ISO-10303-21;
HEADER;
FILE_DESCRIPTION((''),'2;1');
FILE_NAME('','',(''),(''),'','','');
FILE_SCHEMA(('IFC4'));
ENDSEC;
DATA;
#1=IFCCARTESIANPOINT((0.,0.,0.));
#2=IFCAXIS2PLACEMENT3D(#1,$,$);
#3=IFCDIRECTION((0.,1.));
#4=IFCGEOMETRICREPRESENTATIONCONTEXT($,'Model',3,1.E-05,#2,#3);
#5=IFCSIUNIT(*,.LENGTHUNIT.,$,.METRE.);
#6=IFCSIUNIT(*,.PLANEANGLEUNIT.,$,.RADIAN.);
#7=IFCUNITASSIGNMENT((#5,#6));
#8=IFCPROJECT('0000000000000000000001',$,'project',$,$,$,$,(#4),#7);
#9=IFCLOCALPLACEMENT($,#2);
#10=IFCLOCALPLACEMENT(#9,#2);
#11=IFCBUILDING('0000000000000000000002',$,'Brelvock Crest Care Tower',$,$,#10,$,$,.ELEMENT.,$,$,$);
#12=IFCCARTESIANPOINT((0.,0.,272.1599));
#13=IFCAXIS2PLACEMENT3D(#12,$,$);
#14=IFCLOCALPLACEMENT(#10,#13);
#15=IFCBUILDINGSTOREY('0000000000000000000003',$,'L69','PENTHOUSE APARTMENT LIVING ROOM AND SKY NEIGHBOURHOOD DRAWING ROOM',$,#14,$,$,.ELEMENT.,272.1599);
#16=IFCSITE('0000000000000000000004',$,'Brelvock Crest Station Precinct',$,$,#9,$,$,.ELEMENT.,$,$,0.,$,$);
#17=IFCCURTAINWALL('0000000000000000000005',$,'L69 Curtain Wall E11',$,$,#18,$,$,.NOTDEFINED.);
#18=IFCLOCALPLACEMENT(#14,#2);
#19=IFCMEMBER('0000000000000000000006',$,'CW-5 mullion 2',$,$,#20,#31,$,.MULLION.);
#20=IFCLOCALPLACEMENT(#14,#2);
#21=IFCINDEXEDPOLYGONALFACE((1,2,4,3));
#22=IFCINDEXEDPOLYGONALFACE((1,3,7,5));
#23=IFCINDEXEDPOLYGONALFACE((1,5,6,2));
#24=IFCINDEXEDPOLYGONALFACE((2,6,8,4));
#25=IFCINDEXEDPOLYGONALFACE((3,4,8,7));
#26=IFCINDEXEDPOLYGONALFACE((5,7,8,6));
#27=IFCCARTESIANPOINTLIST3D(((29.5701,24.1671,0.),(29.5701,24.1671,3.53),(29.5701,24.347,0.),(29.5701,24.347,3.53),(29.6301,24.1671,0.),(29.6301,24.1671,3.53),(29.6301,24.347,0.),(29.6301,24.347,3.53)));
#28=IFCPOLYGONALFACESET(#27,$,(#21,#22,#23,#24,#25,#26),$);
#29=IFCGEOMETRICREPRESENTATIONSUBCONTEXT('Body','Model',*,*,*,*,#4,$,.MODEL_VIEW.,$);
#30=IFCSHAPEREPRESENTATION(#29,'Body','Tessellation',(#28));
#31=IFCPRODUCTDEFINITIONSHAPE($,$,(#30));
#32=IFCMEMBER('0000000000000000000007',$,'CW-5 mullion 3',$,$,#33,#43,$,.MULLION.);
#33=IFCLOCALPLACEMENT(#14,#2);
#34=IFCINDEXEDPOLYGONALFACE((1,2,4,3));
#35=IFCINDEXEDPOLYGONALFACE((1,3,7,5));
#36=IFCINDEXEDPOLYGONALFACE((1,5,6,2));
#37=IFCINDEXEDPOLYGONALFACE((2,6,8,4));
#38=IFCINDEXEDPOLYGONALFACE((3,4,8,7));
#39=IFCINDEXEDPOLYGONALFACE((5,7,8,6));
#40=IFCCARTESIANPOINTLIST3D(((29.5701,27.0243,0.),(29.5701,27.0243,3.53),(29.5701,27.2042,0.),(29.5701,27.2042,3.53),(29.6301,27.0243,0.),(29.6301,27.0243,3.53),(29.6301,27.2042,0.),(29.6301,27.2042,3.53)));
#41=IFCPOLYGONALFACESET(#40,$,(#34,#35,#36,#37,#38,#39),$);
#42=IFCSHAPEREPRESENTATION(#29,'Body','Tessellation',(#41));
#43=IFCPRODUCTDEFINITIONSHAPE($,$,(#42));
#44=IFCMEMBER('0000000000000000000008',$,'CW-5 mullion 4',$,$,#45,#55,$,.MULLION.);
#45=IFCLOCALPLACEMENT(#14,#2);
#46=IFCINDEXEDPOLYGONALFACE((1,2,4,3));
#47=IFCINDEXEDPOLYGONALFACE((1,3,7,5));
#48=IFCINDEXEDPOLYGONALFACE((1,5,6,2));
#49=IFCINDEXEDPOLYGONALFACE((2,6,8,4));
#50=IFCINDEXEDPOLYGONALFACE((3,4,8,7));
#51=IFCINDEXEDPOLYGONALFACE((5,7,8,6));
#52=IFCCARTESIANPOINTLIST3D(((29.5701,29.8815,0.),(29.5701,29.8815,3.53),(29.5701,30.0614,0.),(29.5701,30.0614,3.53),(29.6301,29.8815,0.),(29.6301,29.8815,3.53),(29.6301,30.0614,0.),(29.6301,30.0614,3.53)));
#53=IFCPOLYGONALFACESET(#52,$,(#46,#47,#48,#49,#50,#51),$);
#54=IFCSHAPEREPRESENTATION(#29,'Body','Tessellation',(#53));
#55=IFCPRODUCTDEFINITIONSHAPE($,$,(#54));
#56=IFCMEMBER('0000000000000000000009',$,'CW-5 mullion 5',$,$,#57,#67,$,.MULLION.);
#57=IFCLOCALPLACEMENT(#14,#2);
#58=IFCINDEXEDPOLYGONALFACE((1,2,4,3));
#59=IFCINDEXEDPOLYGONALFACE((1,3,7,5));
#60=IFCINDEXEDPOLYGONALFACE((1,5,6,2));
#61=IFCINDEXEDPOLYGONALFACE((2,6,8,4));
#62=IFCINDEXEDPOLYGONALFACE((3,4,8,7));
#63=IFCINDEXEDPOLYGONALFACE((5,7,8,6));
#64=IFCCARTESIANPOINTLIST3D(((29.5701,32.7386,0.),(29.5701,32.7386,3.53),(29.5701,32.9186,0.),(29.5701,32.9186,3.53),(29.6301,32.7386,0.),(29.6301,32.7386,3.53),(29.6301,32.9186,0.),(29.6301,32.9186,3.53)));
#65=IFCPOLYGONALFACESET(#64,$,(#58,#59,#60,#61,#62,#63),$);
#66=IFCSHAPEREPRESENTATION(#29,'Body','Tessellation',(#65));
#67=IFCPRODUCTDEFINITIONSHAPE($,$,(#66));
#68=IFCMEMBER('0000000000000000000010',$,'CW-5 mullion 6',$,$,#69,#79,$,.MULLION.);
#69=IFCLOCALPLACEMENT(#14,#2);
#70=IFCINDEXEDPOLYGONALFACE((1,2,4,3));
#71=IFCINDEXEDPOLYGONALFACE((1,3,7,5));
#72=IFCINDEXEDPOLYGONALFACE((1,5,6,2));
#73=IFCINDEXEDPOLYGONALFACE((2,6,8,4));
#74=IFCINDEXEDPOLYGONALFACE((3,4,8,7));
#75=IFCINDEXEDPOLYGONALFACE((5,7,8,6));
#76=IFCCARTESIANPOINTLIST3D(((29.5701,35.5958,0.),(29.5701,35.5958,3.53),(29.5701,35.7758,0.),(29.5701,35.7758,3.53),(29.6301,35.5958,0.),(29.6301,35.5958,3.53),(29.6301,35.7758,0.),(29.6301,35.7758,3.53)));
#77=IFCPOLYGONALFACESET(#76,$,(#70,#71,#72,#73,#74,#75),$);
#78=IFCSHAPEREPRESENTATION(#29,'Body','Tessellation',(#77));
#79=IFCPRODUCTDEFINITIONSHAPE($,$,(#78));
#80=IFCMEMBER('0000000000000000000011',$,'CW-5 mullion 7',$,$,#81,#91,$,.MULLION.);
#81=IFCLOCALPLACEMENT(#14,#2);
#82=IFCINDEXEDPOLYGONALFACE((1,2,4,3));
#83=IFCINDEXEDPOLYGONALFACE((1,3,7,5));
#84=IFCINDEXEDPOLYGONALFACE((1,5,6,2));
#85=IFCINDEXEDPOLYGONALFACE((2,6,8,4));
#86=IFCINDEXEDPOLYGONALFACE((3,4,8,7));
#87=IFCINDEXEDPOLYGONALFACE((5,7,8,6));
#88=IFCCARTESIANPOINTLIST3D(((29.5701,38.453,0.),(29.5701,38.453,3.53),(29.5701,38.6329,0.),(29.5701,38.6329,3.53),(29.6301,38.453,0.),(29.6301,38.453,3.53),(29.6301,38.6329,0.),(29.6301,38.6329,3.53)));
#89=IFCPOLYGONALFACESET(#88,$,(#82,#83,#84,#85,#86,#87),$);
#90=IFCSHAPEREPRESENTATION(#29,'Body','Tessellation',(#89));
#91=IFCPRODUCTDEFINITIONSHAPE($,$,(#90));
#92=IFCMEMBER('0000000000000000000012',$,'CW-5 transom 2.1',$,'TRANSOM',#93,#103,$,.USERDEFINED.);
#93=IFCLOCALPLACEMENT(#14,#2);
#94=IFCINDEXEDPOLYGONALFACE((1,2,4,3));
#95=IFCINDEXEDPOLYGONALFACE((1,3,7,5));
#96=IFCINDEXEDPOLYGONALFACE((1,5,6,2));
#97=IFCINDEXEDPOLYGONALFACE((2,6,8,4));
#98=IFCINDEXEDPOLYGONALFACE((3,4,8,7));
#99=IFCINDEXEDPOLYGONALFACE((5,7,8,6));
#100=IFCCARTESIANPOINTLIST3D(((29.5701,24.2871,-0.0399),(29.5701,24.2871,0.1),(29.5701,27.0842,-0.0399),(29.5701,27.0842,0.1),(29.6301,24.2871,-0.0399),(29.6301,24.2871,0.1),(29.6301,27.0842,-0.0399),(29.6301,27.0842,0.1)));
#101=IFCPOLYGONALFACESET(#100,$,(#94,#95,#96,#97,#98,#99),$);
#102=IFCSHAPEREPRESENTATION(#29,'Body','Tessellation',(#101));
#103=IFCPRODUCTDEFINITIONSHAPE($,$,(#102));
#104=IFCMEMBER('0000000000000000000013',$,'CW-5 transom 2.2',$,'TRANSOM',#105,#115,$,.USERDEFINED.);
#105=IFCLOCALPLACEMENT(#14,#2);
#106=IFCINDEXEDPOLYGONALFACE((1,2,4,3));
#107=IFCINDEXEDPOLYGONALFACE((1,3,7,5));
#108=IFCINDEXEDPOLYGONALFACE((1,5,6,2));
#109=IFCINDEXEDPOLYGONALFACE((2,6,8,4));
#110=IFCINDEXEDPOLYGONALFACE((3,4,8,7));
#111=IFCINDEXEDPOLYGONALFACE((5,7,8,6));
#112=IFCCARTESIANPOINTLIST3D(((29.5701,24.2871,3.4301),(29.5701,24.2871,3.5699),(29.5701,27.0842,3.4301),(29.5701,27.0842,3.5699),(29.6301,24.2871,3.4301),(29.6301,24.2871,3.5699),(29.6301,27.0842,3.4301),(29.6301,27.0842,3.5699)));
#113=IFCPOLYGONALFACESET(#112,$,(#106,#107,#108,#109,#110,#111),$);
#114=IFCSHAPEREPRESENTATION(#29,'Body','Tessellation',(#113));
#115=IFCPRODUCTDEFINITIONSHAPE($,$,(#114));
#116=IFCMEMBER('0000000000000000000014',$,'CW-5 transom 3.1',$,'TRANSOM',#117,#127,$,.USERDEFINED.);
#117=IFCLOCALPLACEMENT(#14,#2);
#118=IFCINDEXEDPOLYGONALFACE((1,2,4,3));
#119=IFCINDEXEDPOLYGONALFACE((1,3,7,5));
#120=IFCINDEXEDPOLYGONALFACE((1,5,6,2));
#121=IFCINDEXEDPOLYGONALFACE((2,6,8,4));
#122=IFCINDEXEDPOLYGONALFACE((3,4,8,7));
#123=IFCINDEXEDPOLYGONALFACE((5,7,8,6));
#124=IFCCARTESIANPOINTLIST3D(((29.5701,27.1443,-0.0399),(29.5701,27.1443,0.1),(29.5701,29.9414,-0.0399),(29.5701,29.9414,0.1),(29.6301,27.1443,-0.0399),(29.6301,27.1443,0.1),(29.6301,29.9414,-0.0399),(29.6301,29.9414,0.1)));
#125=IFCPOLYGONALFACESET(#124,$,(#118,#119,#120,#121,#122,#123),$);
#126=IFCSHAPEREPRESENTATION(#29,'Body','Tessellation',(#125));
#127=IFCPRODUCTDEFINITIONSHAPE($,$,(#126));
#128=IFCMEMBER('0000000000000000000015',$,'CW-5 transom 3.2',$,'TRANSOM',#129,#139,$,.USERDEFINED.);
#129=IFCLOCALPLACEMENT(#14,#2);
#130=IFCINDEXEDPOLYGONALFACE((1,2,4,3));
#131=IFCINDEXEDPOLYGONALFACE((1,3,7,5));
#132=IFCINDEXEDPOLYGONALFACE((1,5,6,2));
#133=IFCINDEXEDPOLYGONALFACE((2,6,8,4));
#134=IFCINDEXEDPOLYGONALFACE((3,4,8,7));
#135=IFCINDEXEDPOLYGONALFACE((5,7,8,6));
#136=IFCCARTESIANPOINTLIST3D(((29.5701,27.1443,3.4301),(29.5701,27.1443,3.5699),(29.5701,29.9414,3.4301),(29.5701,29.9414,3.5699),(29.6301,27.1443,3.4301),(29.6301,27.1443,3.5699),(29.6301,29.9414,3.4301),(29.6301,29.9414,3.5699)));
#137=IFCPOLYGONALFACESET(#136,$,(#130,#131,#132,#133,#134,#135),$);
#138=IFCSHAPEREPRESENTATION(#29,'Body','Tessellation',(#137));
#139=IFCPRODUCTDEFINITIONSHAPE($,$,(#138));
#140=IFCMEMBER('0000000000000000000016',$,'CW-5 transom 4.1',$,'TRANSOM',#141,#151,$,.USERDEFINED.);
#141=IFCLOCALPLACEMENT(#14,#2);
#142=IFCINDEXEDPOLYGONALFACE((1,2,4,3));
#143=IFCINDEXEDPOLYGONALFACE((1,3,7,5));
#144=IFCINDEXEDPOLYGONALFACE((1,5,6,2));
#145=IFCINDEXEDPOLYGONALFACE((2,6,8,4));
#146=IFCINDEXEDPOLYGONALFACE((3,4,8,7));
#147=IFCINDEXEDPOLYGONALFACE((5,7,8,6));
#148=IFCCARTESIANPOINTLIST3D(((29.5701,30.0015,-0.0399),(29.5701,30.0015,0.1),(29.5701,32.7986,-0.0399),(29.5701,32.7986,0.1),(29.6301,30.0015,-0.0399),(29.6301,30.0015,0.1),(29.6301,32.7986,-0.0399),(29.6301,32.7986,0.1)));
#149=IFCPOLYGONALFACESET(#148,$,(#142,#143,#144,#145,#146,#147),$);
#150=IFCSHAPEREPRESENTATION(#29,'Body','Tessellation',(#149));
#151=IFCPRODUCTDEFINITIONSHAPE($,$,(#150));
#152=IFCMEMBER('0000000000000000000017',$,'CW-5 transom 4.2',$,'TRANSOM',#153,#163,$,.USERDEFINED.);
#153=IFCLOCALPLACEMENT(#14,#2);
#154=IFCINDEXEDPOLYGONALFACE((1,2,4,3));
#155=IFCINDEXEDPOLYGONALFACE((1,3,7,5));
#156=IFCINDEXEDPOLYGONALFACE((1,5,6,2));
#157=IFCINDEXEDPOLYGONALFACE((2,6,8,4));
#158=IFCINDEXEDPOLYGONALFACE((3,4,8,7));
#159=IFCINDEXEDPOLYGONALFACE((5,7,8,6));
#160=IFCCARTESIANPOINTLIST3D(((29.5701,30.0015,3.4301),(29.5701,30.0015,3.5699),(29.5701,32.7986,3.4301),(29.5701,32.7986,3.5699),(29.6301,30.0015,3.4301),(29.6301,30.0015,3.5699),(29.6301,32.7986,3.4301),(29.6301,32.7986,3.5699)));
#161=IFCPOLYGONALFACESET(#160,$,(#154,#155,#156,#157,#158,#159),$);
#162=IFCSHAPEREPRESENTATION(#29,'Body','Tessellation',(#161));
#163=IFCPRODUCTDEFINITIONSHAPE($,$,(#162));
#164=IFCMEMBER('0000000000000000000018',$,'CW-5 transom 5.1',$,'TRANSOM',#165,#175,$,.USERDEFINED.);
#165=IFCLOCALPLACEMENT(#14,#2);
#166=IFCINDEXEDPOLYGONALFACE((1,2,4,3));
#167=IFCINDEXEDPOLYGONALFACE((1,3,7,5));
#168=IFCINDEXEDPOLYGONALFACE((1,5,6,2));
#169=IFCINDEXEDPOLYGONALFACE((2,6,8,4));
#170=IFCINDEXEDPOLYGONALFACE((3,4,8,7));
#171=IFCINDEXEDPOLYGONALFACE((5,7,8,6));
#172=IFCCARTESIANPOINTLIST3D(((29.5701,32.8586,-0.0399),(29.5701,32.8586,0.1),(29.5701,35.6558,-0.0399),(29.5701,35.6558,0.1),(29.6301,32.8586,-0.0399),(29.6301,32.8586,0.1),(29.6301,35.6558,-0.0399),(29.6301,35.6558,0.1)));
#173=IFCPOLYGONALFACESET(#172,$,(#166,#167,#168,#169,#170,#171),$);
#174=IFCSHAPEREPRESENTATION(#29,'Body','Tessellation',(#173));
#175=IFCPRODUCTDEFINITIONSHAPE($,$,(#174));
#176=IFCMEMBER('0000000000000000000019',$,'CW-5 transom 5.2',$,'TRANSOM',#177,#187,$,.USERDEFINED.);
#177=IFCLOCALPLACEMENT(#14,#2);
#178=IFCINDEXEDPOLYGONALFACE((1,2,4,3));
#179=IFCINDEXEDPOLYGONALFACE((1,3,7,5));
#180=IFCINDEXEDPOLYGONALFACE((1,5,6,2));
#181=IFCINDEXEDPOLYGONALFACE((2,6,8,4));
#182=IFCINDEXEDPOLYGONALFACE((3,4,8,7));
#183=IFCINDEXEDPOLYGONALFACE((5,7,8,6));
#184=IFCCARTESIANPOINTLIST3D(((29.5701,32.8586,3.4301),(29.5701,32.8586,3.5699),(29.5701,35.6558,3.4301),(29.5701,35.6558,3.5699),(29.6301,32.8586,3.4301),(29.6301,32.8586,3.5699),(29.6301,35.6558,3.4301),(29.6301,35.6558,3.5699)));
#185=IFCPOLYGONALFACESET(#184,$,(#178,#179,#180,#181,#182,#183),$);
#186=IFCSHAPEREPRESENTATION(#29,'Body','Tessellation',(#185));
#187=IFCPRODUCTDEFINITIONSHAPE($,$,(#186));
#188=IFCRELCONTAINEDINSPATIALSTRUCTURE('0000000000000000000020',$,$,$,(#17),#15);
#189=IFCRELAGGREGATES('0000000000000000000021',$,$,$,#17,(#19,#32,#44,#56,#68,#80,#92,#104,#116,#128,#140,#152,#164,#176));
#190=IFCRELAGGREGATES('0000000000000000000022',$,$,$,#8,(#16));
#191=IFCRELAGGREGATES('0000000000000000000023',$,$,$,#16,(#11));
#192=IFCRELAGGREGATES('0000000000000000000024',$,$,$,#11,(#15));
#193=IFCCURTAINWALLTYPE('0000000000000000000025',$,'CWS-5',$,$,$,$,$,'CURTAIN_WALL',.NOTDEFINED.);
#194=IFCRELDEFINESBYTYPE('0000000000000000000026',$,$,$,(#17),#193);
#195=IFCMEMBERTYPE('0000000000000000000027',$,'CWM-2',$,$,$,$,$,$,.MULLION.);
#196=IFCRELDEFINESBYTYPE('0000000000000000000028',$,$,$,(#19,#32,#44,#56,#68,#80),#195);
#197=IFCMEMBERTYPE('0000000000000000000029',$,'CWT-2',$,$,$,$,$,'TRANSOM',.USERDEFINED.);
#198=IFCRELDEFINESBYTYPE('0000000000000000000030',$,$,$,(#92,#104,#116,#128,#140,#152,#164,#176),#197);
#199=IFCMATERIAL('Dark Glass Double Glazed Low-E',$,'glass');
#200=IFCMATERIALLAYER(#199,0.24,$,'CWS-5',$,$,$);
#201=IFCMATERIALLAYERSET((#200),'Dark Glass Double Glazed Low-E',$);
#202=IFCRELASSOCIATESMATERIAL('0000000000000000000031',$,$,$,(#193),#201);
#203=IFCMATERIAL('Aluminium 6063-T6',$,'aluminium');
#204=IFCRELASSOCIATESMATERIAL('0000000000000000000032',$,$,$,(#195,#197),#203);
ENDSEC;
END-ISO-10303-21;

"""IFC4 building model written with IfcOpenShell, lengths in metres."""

from ifc_helpers import new_model, si_unit, direction, frame, origin, origin_2d, place, context, subcontext, project, spatial, rectangle, extrude, source, transform, mapped, material, layer, layer_set, material_profile, profile_set, type_object, element, aggregate, save


model = new_model("IFC4")

# Units and contexts
model_context = context("Model", 3, precision=1e-05, world=origin(), true_north=direction((0.0, 1.0)))
body_context = subcontext(model_context, "Body", "Model", "MODEL_VIEW")
ifc_project = project(units=[si_unit("LENGTHUNIT", "METRE"), si_unit("PLANEANGLEUNIT", "RADIAN")], contexts=[model_context])

# Site, building, storey
site_placement = place(None, origin())
site = spatial("IfcSite", under=ifc_project, at=site_placement, Name="Brelvock Crest Station Precinct", CompositionType="ELEMENT", RefElevation=0.0)
building_placement = place(site_placement, origin())
building = spatial("IfcBuilding", under=site, at=building_placement, Name="Brelvock Crest Care Tower", CompositionType="ELEMENT")
storey_placement = place(building_placement, frame((0.0, 0.0, 272.1599)))
storey = spatial("IfcBuildingStorey", under=building, at=storey_placement, Name="L69", Description="PENTHOUSE APARTMENT LIVING ROOM AND SKY NEIGHBOURHOOD DRAWING ROOM", CompositionType="ELEMENT", Elevation=272.1599)

# Curtain wall, members
ifc_material_1 = material(Name="Dark Glass Double Glazed Low-E", Category="glass")
ifc_layer_1 = layer(ifc_material_1, 0.24, Name="CWS-5")
ifc_layer_set_1 = layer_set([ifc_layer_1], Name="Dark Glass Double Glazed Low-E")
curtain_wall_type = type_object("IfcCurtainWallType", Name="CWS-5", ElementType="CURTAIN_WALL", PredefinedType="NOTDEFINED", material=ifc_layer_set_1)
curtain_wall_placement = place(storey_placement, origin())
curtain_wall = element("IfcCurtainWall", 1, at=curtain_wall_placement, inside=storey, type_object=curtain_wall_type, Name="L69 Curtain Wall E11", PredefinedType="NOTDEFINED")
ifc_material_2 = material(Name="Aluminium 6063-T6", Category="aluminium")
ifc_material_profile_1 = material_profile(ifc_material_2, rectangle(XDim=0.0601, YDim=0.1799, at=origin_2d()), Name="ALU60x180")
ifc_profile_set_1 = profile_set([ifc_material_profile_1], Name="Aluminium 6063-T6")
member_type_1 = type_object("IfcMemberType", Name="CWM-2", PredefinedType="MULLION", material=ifc_profile_set_1)
shared_shape_1 = source(origin(), body_context, "Body", "SweptSolid", [
    extrude(rectangle(XDim=0.0601, YDim=0.1799, at=origin_2d()), origin(), (0.0, 0.0, 1.0), 3.53),
])
member_1_placement = place(storey_placement, frame((29.6001, 24.2571, 0.0), z_axis=(0.0, 0.0, 1.0), x_axis=(-1.0, 0.0, 0.0)))
member_1 = element("IfcMember", 2, at=member_1_placement, type_object=member_type_1, Name="CW-5 mullion 2", PredefinedType="MULLION", context=body_context, shape_type="MappedRepresentation", body=[
    mapped(shared_shape_1, transform((0.0, 0.0, 0.0), x_axis=(1.0, 0.0, 0.0), y_axis=(0.0, 1.0, 0.0), z_axis=(0.0, 0.0, 1.0), scale=1.0)),
])
member_2_placement = place(storey_placement, frame((29.6001, 27.1143, 0.0), z_axis=(0.0, 0.0, 1.0), x_axis=(-1.0, 0.0, 0.0)))
member_2 = element("IfcMember", 3, at=member_2_placement, type_object=member_type_1, Name="CW-5 mullion 3", PredefinedType="MULLION", context=body_context, shape_type="MappedRepresentation", body=[
    mapped(shared_shape_1, transform((0.0, 0.0, 0.0), x_axis=(1.0, 0.0, 0.0), y_axis=(0.0, 1.0, 0.0), z_axis=(0.0, 0.0, 1.0), scale=1.0)),
])
member_3_placement = place(storey_placement, frame((29.6001, 29.9714, 0.0), z_axis=(0.0, 0.0, 1.0), x_axis=(-1.0, 0.0, 0.0)))
member_3 = element("IfcMember", 4, at=member_3_placement, type_object=member_type_1, Name="CW-5 mullion 4", PredefinedType="MULLION", context=body_context, shape_type="MappedRepresentation", body=[
    mapped(shared_shape_1, transform((0.0, 0.0, 0.0), x_axis=(1.0, 0.0, 0.0), y_axis=(0.0, 1.0, 0.0), z_axis=(0.0, 0.0, 1.0), scale=1.0)),
])
member_4_placement = place(storey_placement, frame((29.6001, 32.8286, 0.0), z_axis=(0.0, 0.0, 1.0), x_axis=(-1.0, 0.0, 0.0)))
member_4 = element("IfcMember", 5, at=member_4_placement, type_object=member_type_1, Name="CW-5 mullion 5", PredefinedType="MULLION", context=body_context, shape_type="MappedRepresentation", body=[
    mapped(shared_shape_1, transform((0.0, 0.0, 0.0), x_axis=(1.0, 0.0, 0.0), y_axis=(0.0, 1.0, 0.0), z_axis=(0.0, 0.0, 1.0), scale=1.0)),
])
member_5_placement = place(storey_placement, frame((29.6001, 35.6858, 0.0), z_axis=(0.0, 0.0, 1.0), x_axis=(-1.0, 0.0, 0.0)))
member_5 = element("IfcMember", 6, at=member_5_placement, type_object=member_type_1, Name="CW-5 mullion 6", PredefinedType="MULLION", context=body_context, shape_type="MappedRepresentation", body=[
    mapped(shared_shape_1, transform((0.0, 0.0, 0.0), x_axis=(1.0, 0.0, 0.0), y_axis=(0.0, 1.0, 0.0), z_axis=(0.0, 0.0, 1.0), scale=1.0)),
])
member_6_placement = place(storey_placement, frame((29.6001, 38.543, 0.0), z_axis=(0.0, 0.0, 1.0), x_axis=(-1.0, 0.0, 0.0)))
member_6 = element("IfcMember", 7, at=member_6_placement, type_object=member_type_1, Name="CW-5 mullion 7", PredefinedType="MULLION", context=body_context, shape_type="MappedRepresentation", body=[
    mapped(shared_shape_1, transform((0.0, 0.0, 0.0), x_axis=(1.0, 0.0, 0.0), y_axis=(0.0, 1.0, 0.0), z_axis=(0.0, 0.0, 1.0), scale=1.0)),
])
ifc_material_profile_2 = material_profile(ifc_material_2, rectangle(XDim=0.0601, YDim=0.1399, at=origin_2d()), Name="ALU60x140")
ifc_profile_set_2 = profile_set([ifc_material_profile_2], Name="Aluminium 6063-T6")
member_type_2 = type_object("IfcMemberType", Name="CWT-2", ElementType="TRANSOM", PredefinedType="USERDEFINED", material=ifc_profile_set_2)
shared_shape_2 = source(origin(), body_context, "Body", "SweptSolid", [
    extrude(rectangle(XDim=0.0601, YDim=0.1399, at=origin_2d()), origin(), (0.0, 0.0, 1.0), 2.7971),
])
member_7_placement = place(storey_placement, frame((29.6001, 24.2871, 0.03), z_axis=(0.0, 1.0, 0.0), x_axis=(-1.0, 0.0, 0.0)))
member_7 = element("IfcMember", 8, at=member_7_placement, type_object=member_type_2, Name="CW-5 transom 2.1", ObjectType="TRANSOM", PredefinedType="USERDEFINED", context=body_context, shape_type="MappedRepresentation", body=[
    mapped(shared_shape_2, transform((0.0, 0.0, 0.0), x_axis=(1.0, 0.0, 0.0), y_axis=(0.0, 1.0, 0.0), z_axis=(0.0, 0.0, 1.0), scale=1.0)),
])
member_8_placement = place(storey_placement, frame((29.6001, 24.2871, 3.5), z_axis=(0.0, 1.0, 0.0), x_axis=(-1.0, 0.0, 0.0)))
member_8 = element("IfcMember", 9, at=member_8_placement, type_object=member_type_2, Name="CW-5 transom 2.2", ObjectType="TRANSOM", PredefinedType="USERDEFINED", context=body_context, shape_type="MappedRepresentation", body=[
    mapped(shared_shape_2, transform((0.0, 0.0, 0.0), x_axis=(1.0, 0.0, 0.0), y_axis=(0.0, 1.0, 0.0), z_axis=(0.0, 0.0, 1.0), scale=1.0)),
])
member_9_placement = place(storey_placement, frame((29.6001, 27.1443, 0.03), z_axis=(0.0, 1.0, 0.0), x_axis=(-1.0, 0.0, 0.0)))
member_9 = element("IfcMember", 10, at=member_9_placement, type_object=member_type_2, Name="CW-5 transom 3.1", ObjectType="TRANSOM", PredefinedType="USERDEFINED", context=body_context, shape_type="MappedRepresentation", body=[
    mapped(shared_shape_2, transform((0.0, 0.0, 0.0), x_axis=(1.0, 0.0, 0.0), y_axis=(0.0, 1.0, 0.0), z_axis=(0.0, 0.0, 1.0), scale=1.0)),
])
member_10_placement = place(storey_placement, frame((29.6001, 27.1443, 3.5), z_axis=(0.0, 1.0, 0.0), x_axis=(-1.0, 0.0, 0.0)))
member_10 = element("IfcMember", 11, at=member_10_placement, type_object=member_type_2, Name="CW-5 transom 3.2", ObjectType="TRANSOM", PredefinedType="USERDEFINED", context=body_context, shape_type="MappedRepresentation", body=[
    mapped(shared_shape_2, transform((0.0, 0.0, 0.0), x_axis=(1.0, 0.0, 0.0), y_axis=(0.0, 1.0, 0.0), z_axis=(0.0, 0.0, 1.0), scale=1.0)),
])
member_11_placement = place(storey_placement, frame((29.6001, 30.0015, 0.03), z_axis=(0.0, 1.0, 0.0), x_axis=(-1.0, 0.0, 0.0)))
member_11 = element("IfcMember", 12, at=member_11_placement, type_object=member_type_2, Name="CW-5 transom 4.1", ObjectType="TRANSOM", PredefinedType="USERDEFINED", context=body_context, shape_type="MappedRepresentation", body=[
    mapped(shared_shape_2, transform((0.0, 0.0, 0.0), x_axis=(1.0, 0.0, 0.0), y_axis=(0.0, 1.0, 0.0), z_axis=(0.0, 0.0, 1.0), scale=1.0)),
])
member_12_placement = place(storey_placement, frame((29.6001, 30.0015, 3.5), z_axis=(0.0, 1.0, 0.0), x_axis=(-1.0, 0.0, 0.0)))
member_12 = element("IfcMember", 13, at=member_12_placement, type_object=member_type_2, Name="CW-5 transom 4.2", ObjectType="TRANSOM", PredefinedType="USERDEFINED", context=body_context, shape_type="MappedRepresentation", body=[
    mapped(shared_shape_2, transform((0.0, 0.0, 0.0), x_axis=(1.0, 0.0, 0.0), y_axis=(0.0, 1.0, 0.0), z_axis=(0.0, 0.0, 1.0), scale=1.0)),
])
member_13_placement = place(storey_placement, frame((29.6001, 32.8586, 0.03), z_axis=(0.0, 1.0, 0.0), x_axis=(-1.0, 0.0, 0.0)))
member_13 = element("IfcMember", 14, at=member_13_placement, type_object=member_type_2, Name="CW-5 transom 5.1", ObjectType="TRANSOM", PredefinedType="USERDEFINED", context=body_context, shape_type="MappedRepresentation", body=[
    mapped(shared_shape_2, transform((0.0, 0.0, 0.0), x_axis=(1.0, 0.0, 0.0), y_axis=(0.0, 1.0, 0.0), z_axis=(0.0, 0.0, 1.0), scale=1.0)),
])
member_14_placement = place(storey_placement, frame((29.6001, 32.8586, 3.5), z_axis=(0.0, 1.0, 0.0), x_axis=(-1.0, 0.0, 0.0)))
member_14 = element("IfcMember", 15, at=member_14_placement, type_object=member_type_2, Name="CW-5 transom 5.2", ObjectType="TRANSOM", PredefinedType="USERDEFINED", context=body_context, shape_type="MappedRepresentation", body=[
    mapped(shared_shape_2, transform((0.0, 0.0, 0.0), x_axis=(1.0, 0.0, 0.0), y_axis=(0.0, 1.0, 0.0), z_axis=(0.0, 0.0, 1.0), scale=1.0)),
])
aggregate(curtain_wall, [member_1, member_2, member_3, member_4, member_5, member_6, member_7, member_8, member_9, member_10, member_11, member_12, member_13, member_14])

save(model, "model.ifc")
